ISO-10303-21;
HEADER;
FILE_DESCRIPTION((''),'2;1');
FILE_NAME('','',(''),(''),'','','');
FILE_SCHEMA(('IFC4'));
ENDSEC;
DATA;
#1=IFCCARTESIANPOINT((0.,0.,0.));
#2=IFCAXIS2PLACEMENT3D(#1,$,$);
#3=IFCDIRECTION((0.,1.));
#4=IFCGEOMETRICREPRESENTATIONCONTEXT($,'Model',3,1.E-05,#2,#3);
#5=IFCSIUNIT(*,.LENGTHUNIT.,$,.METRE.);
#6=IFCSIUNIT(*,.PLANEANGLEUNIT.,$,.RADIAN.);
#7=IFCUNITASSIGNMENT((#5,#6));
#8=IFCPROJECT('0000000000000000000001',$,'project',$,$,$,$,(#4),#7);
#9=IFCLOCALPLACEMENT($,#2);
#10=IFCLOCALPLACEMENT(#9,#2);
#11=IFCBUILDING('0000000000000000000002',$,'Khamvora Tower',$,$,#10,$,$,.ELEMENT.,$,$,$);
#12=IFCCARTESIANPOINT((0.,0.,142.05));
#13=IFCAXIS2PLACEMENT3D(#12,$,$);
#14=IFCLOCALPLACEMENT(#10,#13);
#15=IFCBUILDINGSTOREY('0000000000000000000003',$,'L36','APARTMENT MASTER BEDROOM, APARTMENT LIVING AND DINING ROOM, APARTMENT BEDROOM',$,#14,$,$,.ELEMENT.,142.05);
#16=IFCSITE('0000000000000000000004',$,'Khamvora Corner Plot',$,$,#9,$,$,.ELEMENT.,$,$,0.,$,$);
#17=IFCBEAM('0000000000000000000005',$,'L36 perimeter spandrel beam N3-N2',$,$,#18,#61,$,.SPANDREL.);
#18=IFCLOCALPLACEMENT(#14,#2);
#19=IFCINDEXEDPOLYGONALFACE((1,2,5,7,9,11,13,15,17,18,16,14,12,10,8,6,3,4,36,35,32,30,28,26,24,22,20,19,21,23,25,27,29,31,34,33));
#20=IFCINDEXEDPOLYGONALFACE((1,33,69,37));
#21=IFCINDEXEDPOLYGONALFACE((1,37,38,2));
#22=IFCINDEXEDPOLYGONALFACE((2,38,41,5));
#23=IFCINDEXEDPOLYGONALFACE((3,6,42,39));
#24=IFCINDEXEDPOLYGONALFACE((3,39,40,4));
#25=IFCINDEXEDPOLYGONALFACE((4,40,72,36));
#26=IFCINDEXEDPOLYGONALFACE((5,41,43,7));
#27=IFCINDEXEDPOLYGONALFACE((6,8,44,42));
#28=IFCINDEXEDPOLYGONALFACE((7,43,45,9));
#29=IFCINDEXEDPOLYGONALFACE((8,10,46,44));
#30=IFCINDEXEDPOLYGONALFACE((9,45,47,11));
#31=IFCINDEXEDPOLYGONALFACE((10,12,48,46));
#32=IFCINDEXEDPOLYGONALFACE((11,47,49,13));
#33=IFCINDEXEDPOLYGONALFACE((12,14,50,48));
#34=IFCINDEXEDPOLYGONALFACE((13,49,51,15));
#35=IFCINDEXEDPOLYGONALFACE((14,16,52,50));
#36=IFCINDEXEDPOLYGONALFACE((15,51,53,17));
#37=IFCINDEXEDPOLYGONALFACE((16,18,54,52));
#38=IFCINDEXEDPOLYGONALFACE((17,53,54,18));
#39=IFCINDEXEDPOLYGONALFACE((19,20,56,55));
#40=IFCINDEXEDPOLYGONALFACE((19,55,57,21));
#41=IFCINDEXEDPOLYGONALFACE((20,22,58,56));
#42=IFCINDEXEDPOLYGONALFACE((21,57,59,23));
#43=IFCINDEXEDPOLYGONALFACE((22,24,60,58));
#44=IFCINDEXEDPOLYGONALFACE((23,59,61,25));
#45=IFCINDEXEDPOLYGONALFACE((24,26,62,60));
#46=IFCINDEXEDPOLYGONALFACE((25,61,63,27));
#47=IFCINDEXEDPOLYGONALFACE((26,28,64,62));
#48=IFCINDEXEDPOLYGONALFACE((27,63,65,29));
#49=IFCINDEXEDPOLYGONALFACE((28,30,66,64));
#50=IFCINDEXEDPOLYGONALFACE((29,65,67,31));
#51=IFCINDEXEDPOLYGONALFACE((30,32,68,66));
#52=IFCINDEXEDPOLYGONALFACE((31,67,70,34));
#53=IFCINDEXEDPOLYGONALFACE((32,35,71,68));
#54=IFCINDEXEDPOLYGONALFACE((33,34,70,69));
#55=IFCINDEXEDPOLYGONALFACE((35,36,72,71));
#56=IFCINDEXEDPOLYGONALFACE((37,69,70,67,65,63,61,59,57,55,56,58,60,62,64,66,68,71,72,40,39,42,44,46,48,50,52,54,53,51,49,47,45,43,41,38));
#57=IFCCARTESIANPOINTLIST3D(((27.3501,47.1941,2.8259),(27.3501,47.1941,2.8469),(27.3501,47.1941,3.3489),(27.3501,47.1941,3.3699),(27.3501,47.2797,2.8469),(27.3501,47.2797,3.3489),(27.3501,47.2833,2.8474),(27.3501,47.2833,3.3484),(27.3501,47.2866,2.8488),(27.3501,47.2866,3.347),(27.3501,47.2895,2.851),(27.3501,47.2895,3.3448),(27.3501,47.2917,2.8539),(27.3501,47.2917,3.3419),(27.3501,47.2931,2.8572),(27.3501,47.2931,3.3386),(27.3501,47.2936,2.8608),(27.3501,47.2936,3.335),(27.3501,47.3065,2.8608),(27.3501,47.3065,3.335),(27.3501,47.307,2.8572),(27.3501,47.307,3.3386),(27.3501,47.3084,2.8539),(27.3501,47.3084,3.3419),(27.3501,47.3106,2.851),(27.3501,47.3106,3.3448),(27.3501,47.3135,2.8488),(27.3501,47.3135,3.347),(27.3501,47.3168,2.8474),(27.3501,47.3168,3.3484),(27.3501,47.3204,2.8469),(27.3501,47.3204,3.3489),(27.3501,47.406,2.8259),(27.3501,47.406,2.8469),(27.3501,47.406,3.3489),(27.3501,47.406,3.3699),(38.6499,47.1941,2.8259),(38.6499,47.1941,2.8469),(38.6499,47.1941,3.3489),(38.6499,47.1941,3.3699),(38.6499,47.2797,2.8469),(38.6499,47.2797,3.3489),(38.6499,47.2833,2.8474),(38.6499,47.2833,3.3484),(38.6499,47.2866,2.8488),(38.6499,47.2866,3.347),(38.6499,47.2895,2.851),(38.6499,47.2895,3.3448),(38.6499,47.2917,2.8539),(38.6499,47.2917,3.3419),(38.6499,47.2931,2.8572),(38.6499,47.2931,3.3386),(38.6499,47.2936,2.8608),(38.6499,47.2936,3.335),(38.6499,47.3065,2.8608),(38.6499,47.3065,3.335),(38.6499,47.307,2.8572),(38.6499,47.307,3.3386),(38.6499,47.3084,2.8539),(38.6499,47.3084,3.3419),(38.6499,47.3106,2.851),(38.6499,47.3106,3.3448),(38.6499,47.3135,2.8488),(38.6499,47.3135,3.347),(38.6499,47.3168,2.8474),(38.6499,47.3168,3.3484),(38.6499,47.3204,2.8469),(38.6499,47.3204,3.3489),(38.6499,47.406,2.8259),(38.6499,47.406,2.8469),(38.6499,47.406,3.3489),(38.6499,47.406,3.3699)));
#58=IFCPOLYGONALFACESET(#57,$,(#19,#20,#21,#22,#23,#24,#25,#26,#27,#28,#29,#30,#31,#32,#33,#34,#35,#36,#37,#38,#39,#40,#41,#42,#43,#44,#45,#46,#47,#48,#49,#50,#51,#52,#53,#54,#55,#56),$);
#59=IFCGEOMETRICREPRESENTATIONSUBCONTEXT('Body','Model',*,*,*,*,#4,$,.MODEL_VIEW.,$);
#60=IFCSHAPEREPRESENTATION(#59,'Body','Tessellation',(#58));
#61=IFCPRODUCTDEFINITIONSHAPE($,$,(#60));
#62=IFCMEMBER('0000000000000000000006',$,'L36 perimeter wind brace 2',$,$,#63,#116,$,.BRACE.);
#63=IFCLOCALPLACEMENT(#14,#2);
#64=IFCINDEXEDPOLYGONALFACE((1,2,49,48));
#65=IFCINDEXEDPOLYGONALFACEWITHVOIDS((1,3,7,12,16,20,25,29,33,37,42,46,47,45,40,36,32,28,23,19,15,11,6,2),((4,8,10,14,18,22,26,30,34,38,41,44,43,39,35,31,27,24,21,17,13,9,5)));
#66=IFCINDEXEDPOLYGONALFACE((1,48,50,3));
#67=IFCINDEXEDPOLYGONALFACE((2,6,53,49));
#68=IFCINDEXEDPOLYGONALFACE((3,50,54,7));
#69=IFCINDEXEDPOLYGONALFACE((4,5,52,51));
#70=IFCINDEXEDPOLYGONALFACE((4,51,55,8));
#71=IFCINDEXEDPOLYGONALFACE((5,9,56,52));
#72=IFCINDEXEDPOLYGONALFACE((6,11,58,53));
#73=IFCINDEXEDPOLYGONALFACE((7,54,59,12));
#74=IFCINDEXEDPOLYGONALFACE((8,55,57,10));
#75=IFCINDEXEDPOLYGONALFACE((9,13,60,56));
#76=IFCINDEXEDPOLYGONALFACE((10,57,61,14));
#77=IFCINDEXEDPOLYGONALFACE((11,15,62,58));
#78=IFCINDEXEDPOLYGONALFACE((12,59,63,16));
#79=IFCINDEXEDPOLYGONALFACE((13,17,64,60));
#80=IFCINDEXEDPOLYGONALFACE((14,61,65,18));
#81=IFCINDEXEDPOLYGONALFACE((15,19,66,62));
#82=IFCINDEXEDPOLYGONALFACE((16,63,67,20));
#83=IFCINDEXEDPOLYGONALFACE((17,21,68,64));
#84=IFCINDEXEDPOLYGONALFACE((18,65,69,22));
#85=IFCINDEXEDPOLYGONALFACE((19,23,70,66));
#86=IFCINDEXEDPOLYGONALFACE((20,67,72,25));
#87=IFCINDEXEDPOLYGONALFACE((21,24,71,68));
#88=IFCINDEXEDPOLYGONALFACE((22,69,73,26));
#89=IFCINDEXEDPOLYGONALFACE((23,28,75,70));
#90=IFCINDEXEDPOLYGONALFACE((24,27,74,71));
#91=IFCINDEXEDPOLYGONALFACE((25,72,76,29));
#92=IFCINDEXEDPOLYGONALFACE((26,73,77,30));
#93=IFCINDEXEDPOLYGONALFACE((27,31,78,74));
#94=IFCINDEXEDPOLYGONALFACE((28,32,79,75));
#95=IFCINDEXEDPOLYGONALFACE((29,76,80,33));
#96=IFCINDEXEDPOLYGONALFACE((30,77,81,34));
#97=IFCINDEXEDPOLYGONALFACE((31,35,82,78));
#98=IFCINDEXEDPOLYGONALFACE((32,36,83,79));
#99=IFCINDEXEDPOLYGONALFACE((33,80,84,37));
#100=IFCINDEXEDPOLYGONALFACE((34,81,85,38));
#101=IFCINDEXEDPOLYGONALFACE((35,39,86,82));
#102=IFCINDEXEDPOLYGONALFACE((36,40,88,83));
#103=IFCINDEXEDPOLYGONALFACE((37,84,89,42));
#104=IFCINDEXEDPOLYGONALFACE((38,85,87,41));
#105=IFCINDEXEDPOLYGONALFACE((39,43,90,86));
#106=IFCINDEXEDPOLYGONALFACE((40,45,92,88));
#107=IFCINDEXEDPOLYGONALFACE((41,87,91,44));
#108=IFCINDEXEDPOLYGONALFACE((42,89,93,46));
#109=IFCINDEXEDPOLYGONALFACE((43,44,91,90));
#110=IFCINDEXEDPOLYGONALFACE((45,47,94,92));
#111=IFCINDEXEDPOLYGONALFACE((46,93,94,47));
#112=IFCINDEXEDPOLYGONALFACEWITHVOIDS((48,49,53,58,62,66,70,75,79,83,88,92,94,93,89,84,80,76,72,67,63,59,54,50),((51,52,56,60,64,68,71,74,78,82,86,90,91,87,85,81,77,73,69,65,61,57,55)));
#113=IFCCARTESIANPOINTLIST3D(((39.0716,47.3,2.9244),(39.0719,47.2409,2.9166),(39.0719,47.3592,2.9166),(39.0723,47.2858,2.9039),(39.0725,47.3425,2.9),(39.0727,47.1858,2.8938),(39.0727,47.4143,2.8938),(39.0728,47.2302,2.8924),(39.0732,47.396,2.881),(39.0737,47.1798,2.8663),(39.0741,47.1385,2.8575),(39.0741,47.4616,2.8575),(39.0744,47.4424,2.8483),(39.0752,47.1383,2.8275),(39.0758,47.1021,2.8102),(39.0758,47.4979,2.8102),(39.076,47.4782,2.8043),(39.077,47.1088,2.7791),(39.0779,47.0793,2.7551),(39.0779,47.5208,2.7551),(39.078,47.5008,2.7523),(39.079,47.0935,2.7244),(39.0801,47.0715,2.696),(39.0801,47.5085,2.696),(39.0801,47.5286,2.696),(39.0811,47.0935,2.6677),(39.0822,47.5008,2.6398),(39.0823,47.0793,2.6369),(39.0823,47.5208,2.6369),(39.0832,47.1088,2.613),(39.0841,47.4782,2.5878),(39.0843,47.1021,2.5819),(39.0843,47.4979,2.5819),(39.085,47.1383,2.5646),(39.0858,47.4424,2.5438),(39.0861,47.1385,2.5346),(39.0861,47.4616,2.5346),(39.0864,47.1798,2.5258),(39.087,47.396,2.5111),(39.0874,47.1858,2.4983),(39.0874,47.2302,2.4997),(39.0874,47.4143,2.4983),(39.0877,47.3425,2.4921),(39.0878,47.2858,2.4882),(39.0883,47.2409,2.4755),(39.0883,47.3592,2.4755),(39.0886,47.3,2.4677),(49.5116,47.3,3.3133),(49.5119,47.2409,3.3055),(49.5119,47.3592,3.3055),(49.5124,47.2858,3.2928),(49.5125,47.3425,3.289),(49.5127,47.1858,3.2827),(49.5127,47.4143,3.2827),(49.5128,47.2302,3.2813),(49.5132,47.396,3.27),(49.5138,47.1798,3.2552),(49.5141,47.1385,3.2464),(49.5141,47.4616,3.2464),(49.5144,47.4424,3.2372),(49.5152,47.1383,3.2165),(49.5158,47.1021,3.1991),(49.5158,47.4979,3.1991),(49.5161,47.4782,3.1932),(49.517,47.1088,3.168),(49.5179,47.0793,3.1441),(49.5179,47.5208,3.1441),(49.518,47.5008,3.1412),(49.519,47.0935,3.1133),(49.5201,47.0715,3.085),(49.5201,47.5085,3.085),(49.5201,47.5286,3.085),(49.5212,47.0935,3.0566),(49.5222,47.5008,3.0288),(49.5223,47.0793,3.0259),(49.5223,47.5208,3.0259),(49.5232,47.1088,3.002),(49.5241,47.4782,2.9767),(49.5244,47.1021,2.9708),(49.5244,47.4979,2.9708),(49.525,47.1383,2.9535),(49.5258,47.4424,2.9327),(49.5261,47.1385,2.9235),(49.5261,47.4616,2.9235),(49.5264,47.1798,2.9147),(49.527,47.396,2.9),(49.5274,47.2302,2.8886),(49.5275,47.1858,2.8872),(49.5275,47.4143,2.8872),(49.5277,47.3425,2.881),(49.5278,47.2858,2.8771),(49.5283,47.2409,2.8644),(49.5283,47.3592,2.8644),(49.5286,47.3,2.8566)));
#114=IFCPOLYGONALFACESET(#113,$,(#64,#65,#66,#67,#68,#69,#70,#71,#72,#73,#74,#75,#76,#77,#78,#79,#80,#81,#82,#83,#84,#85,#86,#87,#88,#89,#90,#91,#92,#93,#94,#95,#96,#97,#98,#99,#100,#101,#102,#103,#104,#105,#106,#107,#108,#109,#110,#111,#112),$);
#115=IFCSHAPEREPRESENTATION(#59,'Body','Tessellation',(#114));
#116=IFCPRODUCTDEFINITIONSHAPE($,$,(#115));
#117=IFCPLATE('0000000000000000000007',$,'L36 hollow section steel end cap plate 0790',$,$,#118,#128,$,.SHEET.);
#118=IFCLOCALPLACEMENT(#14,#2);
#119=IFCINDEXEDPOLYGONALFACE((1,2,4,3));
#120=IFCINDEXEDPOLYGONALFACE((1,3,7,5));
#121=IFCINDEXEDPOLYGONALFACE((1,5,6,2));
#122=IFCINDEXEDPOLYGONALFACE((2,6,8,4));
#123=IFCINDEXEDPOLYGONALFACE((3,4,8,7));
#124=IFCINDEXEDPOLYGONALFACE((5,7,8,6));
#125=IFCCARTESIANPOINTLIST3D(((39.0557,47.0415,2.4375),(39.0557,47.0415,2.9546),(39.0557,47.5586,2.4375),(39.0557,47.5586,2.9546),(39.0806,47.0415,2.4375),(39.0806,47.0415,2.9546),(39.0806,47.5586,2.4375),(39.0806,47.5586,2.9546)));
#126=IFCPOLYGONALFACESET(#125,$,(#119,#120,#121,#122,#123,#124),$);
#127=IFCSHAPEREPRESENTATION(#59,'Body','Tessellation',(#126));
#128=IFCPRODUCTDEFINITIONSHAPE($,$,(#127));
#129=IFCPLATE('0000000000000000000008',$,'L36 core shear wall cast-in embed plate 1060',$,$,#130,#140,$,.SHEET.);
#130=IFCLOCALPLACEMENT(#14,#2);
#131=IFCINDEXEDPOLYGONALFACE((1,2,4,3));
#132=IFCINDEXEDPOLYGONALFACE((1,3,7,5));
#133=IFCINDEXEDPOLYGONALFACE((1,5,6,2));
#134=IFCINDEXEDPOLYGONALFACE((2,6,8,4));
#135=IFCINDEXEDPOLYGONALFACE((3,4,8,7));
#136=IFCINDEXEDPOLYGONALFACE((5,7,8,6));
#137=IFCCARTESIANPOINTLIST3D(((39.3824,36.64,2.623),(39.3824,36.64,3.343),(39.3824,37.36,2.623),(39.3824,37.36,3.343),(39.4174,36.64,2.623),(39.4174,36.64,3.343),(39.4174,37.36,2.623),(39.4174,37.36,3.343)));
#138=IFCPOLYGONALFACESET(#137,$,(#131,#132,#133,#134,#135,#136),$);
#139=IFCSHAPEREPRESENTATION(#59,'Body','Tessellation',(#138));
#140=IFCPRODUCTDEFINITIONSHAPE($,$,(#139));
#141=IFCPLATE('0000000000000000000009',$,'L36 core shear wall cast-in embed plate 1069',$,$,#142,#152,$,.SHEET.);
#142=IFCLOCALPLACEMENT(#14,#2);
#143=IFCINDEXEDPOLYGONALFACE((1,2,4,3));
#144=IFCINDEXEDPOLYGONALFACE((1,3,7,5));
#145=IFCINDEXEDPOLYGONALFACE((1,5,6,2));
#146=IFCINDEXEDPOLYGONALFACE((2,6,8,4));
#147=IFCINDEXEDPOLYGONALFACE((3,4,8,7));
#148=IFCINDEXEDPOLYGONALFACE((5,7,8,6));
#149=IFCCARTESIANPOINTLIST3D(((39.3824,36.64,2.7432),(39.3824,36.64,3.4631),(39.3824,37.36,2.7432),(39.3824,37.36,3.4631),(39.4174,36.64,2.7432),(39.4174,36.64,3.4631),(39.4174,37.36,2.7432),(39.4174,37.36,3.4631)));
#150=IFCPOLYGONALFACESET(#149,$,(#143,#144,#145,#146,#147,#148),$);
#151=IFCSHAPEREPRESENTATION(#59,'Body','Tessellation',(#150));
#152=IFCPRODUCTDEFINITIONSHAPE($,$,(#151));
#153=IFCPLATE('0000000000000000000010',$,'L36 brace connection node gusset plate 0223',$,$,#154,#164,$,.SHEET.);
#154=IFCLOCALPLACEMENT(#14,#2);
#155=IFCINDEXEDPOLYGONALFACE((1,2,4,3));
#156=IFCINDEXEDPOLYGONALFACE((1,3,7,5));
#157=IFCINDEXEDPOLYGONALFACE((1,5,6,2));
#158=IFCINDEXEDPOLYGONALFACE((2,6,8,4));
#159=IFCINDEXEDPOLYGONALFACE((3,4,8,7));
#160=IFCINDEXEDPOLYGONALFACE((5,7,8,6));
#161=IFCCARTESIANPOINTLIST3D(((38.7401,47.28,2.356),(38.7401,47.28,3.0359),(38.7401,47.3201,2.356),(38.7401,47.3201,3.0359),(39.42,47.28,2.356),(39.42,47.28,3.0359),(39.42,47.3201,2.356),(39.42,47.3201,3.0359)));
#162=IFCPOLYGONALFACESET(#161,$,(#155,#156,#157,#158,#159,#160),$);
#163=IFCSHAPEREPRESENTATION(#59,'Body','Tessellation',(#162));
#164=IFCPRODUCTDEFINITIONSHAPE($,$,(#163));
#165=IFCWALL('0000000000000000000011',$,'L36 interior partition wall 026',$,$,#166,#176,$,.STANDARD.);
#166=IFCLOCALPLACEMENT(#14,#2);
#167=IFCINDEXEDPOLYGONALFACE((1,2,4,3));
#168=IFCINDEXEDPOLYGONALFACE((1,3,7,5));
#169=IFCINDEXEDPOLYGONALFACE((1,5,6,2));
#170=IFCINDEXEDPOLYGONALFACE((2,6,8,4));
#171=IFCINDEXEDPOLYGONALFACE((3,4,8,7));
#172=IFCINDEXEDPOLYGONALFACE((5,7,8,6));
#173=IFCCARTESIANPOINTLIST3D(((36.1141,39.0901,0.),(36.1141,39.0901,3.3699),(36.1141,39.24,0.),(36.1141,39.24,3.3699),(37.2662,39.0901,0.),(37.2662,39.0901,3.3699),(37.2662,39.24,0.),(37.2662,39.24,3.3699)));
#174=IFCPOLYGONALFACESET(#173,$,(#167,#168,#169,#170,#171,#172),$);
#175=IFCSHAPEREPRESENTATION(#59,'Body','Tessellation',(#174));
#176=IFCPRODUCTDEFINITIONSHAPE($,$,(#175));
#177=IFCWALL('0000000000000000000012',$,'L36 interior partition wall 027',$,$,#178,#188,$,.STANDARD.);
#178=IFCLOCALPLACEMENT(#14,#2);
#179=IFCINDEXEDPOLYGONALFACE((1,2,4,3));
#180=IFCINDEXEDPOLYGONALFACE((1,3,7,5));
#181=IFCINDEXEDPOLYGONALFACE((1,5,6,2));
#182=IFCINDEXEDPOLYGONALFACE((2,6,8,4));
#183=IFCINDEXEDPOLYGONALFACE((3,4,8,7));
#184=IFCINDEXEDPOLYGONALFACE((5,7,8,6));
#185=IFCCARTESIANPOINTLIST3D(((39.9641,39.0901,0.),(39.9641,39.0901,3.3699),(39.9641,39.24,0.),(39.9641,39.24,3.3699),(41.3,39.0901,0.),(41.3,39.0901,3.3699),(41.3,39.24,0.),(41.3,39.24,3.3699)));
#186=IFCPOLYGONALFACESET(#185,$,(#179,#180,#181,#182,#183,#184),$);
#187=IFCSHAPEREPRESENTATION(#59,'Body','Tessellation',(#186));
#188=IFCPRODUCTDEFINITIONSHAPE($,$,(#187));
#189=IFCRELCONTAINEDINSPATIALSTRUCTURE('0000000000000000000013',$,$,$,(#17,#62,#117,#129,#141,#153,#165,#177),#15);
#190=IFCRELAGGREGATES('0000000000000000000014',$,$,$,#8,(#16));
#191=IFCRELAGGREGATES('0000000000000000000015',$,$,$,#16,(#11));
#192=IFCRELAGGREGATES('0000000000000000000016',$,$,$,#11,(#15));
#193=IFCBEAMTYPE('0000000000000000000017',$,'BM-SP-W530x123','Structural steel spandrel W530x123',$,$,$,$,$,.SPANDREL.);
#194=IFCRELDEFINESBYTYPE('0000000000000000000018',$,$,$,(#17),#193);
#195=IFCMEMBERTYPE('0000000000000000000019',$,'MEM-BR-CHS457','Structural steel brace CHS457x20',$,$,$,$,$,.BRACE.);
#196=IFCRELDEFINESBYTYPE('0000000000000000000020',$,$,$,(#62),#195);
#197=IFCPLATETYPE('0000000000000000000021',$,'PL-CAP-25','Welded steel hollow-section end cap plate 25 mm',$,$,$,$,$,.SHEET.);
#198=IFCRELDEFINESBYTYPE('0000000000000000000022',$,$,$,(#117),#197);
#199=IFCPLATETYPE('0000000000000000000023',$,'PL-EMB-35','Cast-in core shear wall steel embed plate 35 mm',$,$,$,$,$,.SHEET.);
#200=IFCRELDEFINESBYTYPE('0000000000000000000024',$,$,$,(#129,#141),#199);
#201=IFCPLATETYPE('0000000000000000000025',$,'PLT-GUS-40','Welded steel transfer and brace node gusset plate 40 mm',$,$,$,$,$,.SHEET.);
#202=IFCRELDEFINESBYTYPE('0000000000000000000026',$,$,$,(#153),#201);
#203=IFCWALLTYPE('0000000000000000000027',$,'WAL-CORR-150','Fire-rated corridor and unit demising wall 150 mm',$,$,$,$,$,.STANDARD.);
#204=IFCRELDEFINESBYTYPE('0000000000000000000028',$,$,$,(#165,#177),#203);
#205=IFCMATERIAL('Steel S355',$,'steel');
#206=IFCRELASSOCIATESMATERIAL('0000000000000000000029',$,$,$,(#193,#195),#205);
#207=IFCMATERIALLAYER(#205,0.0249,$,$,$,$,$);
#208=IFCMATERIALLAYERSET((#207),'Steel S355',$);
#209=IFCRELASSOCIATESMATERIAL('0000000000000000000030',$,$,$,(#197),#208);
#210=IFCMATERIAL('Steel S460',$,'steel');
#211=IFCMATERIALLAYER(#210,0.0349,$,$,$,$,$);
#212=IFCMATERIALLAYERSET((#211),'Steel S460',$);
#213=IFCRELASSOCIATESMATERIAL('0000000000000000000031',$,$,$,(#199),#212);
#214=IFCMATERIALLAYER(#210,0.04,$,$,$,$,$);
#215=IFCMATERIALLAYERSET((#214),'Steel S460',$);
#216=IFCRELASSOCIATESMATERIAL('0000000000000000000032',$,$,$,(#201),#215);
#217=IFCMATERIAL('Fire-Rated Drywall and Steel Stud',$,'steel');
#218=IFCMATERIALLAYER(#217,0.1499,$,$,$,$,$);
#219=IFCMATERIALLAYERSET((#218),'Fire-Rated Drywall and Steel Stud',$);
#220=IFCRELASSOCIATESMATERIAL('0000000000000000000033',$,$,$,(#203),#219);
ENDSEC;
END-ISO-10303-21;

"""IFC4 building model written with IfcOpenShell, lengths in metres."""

from ifc_helpers import new_model, si_unit, direction, frame, frame_2d, origin, origin_2d, place, context, subcontext, project, spatial, rectangle, hollow_circle, i_section, extrude, material, layer, layer_set, material_profile, profile_set, type_object, element, save


model = new_model("IFC4")

# Units and contexts
model_context = context("Model", 3, precision=1e-05, world=origin(), true_north=direction((0.0, 1.0)))
body_context = subcontext(model_context, "Body", "Model", "MODEL_VIEW")
ifc_project = project(units=[si_unit("LENGTHUNIT", "METRE"), si_unit("PLANEANGLEUNIT", "RADIAN")], contexts=[model_context])

# Site, building, storey
site_placement = place(None, origin())
site = spatial("IfcSite", under=ifc_project, at=site_placement, Name="Khamvora Corner Plot", CompositionType="ELEMENT", RefElevation=0.0)
building_placement = place(site_placement, origin())
building = spatial("IfcBuilding", under=site, at=building_placement, Name="Khamvora Tower", CompositionType="ELEMENT")
storey_placement = place(building_placement, frame((0.0, 0.0, 142.05)))
storey = spatial("IfcBuildingStorey", under=building, at=storey_placement, Name="L36", Description="APARTMENT MASTER BEDROOM, APARTMENT LIVING AND DINING ROOM, APARTMENT BEDROOM", CompositionType="ELEMENT", Elevation=142.05)

# Shared definitions
ifc_material_1 = material(Name="Steel S460", Category="steel")
ifc_material_2 = material(Name="Steel S355", Category="steel")

# Beam
ifc_material_profile_1 = material_profile(ifc_material_2, i_section(OverallWidth=0.2119, OverallDepth=0.5439, WebThickness=0.0129, FlangeThickness=0.021, FilletRadius=0.0139, at=origin_2d()), Name="W530x123")
ifc_profile_set_1 = profile_set([ifc_material_profile_1], Name="Steel S355")
beam_type_1 = type_object("IfcBeamType", Name="BM-SP-W530x123", Description="Structural steel spandrel W530x123", PredefinedType="SPANDREL", material=ifc_profile_set_1)
beam_1_placement = place(storey_placement, frame((38.6499, 47.3, 3.0979), z_axis=(-1.0, 0.0, 0.0), x_axis=(0.0, -1.0, 0.0)))
element("IfcBeam", 1, at=beam_1_placement, inside=storey, type_object=beam_type_1, Name="L36 perimeter spandrel beam N3-N2", PredefinedType="SPANDREL", context=body_context, shape_type="SweptSolid", body=[
    extrude(i_section(OverallWidth=0.2119, OverallDepth=0.5439, WebThickness=0.0129, FlangeThickness=0.021, FilletRadius=0.0139, at=origin_2d()), origin(), (0.0, 0.0, 1.0), 11.2998),
])

# Member
ifc_material_profile_2 = material_profile(ifc_material_2, hollow_circle(Radius=0.2285, WallThickness=0.02, at=origin_2d()), Name="CHS457x20")
ifc_profile_set_2 = profile_set([ifc_material_profile_2], Name="Steel S355")
member_type = type_object("IfcMemberType", Name="MEM-BR-CHS457", Description="Structural steel brace CHS457x20", PredefinedType="BRACE", material=ifc_profile_set_2)
member_placement = place(storey_placement, frame((39.0801, 47.3, 2.696), z_axis=(0.999307, 0.0, 0.037227), x_axis=(0.0, 1.0, 0.0)))
element("IfcMember", 2, at=member_placement, inside=storey, type_object=member_type, Name="L36 perimeter wind brace 2", PredefinedType="BRACE", context=body_context, shape_type="SweptSolid", body=[
    extrude(hollow_circle(Radius=0.2285, WallThickness=0.02, at=origin_2d()), origin(), (0.0, 0.0, 1.0), 10.4473),
])

# Plates
ifc_layer_1 = layer(ifc_material_2, 0.0249)
ifc_layer_set_1 = layer_set([ifc_layer_1], Name="Steel S355")
plate_type_1 = type_object("IfcPlateType", Name="PL-CAP-25", Description="Welded steel hollow-section end cap plate 25 mm", PredefinedType="SHEET", material=ifc_layer_set_1)
plate_1_placement = place(storey_placement, frame((39.0681, 47.3, 2.4375), z_axis=(0.0, 0.0, 1.0), x_axis=(1.0, 0.0, 0.0)))
element("IfcPlate", 3, at=plate_1_placement, inside=storey, type_object=plate_type_1, Name="L36 hollow section steel end cap plate 0790", PredefinedType="SHEET", context=body_context, shape_type="SweptSolid", body=[
    extrude(rectangle(XDim=0.0249, YDim=0.5171, at=origin_2d()), origin(), (0.0, 0.0, 1.0), 0.5171),
])
ifc_layer_2 = layer(ifc_material_1, 0.0349)
ifc_layer_set_2 = layer_set([ifc_layer_2], Name="Steel S460")
plate_type_2 = type_object("IfcPlateType", Name="PL-EMB-35", Description="Cast-in core shear wall steel embed plate 35 mm", PredefinedType="SHEET", material=ifc_layer_set_2)
for number, where, z_axis, x_axis, name in (
    (4, (39.3999, 37.0, 2.623), (0.0, 0.0, 1.0), (1.0, 0.0, 0.0), "L36 core shear wall cast-in embed plate 1060"),
    (5, (39.3999, 37.0, 2.7432), (0.0, 0.0, 1.0), (1.0, 0.0, 0.0), "L36 core shear wall cast-in embed plate 1069"),
):
    element("IfcPlate", number, at=place(storey_placement, frame(where, z_axis=z_axis, x_axis=x_axis)), inside=storey, type_object=plate_type_2, Name=name, PredefinedType="SHEET", context=body_context, shape_type="SweptSolid", body=[
        extrude(rectangle(XDim=0.0349, YDim=0.72, at=origin_2d()), origin(), (0.0, 0.0, 1.0), 0.72),
    ])
ifc_layer_3 = layer(ifc_material_1, 0.04)
ifc_layer_set_3 = layer_set([ifc_layer_3], Name="Steel S460")
plate_type_3 = type_object("IfcPlateType", Name="PLT-GUS-40", Description="Welded steel transfer and brace node gusset plate 40 mm", PredefinedType="SHEET", material=ifc_layer_set_3)
plate_2_placement = place(storey_placement, frame((39.0801, 47.3, 2.356), z_axis=(0.0, 0.0, 1.0), x_axis=(1.0, 0.0, 0.0)))
element("IfcPlate", 6, at=plate_2_placement, inside=storey, type_object=plate_type_3, Name="L36 brace connection node gusset plate 0223", PredefinedType="SHEET", context=body_context, shape_type="SweptSolid", body=[
    extrude(rectangle(XDim=0.6799, YDim=0.04, at=origin_2d()), origin(), (0.0, 0.0, 1.0), 0.6799),
])

# Shared definitions
ifc_material_3 = material(Name="Fire-Rated Drywall and Steel Stud", Category="steel")
ifc_layer_4 = layer(ifc_material_3, 0.1499)
ifc_layer_set_4 = layer_set([ifc_layer_4], Name="Fire-Rated Drywall and Steel Stud")
wall_type_1 = type_object("IfcWallType", Name="WAL-CORR-150", Description="Fire-rated corridor and unit demising wall 150 mm", PredefinedType="STANDARD", material=ifc_layer_set_4)

# Walls
wall_1_placement = place(storey_placement, frame((36.114, 39.165, 0.0), z_axis=(0.0, 0.0, 1.0), x_axis=(1.0, 0.0, 0.0)))
element("IfcWall", 7, at=wall_1_placement, inside=storey, type_object=wall_type_1, Name="L36 interior partition wall 026", PredefinedType="STANDARD", context=body_context, shape_type="SweptSolid", body=[
    extrude(rectangle(XDim=1.1521, YDim=0.1499, at=frame_2d((0.5762, 0.0))), origin(), (0.0, 0.0, 1.0), 3.3699),
])
wall_2_placement = place(storey_placement, frame((39.9641, 39.165, 0.0), z_axis=(0.0, 0.0, 1.0), x_axis=(1.0, 0.0, 0.0)))
element("IfcWall", 8, at=wall_2_placement, inside=storey, type_object=wall_type_1, Name="L36 interior partition wall 027", PredefinedType="STANDARD", context=body_context, shape_type="SweptSolid", body=[
    extrude(rectangle(XDim=1.3359, YDim=0.1499, at=frame_2d((0.668, 0.0))), origin(), (0.0, 0.0, 1.0), 3.3699),
])

save(model, "model.ifc")
